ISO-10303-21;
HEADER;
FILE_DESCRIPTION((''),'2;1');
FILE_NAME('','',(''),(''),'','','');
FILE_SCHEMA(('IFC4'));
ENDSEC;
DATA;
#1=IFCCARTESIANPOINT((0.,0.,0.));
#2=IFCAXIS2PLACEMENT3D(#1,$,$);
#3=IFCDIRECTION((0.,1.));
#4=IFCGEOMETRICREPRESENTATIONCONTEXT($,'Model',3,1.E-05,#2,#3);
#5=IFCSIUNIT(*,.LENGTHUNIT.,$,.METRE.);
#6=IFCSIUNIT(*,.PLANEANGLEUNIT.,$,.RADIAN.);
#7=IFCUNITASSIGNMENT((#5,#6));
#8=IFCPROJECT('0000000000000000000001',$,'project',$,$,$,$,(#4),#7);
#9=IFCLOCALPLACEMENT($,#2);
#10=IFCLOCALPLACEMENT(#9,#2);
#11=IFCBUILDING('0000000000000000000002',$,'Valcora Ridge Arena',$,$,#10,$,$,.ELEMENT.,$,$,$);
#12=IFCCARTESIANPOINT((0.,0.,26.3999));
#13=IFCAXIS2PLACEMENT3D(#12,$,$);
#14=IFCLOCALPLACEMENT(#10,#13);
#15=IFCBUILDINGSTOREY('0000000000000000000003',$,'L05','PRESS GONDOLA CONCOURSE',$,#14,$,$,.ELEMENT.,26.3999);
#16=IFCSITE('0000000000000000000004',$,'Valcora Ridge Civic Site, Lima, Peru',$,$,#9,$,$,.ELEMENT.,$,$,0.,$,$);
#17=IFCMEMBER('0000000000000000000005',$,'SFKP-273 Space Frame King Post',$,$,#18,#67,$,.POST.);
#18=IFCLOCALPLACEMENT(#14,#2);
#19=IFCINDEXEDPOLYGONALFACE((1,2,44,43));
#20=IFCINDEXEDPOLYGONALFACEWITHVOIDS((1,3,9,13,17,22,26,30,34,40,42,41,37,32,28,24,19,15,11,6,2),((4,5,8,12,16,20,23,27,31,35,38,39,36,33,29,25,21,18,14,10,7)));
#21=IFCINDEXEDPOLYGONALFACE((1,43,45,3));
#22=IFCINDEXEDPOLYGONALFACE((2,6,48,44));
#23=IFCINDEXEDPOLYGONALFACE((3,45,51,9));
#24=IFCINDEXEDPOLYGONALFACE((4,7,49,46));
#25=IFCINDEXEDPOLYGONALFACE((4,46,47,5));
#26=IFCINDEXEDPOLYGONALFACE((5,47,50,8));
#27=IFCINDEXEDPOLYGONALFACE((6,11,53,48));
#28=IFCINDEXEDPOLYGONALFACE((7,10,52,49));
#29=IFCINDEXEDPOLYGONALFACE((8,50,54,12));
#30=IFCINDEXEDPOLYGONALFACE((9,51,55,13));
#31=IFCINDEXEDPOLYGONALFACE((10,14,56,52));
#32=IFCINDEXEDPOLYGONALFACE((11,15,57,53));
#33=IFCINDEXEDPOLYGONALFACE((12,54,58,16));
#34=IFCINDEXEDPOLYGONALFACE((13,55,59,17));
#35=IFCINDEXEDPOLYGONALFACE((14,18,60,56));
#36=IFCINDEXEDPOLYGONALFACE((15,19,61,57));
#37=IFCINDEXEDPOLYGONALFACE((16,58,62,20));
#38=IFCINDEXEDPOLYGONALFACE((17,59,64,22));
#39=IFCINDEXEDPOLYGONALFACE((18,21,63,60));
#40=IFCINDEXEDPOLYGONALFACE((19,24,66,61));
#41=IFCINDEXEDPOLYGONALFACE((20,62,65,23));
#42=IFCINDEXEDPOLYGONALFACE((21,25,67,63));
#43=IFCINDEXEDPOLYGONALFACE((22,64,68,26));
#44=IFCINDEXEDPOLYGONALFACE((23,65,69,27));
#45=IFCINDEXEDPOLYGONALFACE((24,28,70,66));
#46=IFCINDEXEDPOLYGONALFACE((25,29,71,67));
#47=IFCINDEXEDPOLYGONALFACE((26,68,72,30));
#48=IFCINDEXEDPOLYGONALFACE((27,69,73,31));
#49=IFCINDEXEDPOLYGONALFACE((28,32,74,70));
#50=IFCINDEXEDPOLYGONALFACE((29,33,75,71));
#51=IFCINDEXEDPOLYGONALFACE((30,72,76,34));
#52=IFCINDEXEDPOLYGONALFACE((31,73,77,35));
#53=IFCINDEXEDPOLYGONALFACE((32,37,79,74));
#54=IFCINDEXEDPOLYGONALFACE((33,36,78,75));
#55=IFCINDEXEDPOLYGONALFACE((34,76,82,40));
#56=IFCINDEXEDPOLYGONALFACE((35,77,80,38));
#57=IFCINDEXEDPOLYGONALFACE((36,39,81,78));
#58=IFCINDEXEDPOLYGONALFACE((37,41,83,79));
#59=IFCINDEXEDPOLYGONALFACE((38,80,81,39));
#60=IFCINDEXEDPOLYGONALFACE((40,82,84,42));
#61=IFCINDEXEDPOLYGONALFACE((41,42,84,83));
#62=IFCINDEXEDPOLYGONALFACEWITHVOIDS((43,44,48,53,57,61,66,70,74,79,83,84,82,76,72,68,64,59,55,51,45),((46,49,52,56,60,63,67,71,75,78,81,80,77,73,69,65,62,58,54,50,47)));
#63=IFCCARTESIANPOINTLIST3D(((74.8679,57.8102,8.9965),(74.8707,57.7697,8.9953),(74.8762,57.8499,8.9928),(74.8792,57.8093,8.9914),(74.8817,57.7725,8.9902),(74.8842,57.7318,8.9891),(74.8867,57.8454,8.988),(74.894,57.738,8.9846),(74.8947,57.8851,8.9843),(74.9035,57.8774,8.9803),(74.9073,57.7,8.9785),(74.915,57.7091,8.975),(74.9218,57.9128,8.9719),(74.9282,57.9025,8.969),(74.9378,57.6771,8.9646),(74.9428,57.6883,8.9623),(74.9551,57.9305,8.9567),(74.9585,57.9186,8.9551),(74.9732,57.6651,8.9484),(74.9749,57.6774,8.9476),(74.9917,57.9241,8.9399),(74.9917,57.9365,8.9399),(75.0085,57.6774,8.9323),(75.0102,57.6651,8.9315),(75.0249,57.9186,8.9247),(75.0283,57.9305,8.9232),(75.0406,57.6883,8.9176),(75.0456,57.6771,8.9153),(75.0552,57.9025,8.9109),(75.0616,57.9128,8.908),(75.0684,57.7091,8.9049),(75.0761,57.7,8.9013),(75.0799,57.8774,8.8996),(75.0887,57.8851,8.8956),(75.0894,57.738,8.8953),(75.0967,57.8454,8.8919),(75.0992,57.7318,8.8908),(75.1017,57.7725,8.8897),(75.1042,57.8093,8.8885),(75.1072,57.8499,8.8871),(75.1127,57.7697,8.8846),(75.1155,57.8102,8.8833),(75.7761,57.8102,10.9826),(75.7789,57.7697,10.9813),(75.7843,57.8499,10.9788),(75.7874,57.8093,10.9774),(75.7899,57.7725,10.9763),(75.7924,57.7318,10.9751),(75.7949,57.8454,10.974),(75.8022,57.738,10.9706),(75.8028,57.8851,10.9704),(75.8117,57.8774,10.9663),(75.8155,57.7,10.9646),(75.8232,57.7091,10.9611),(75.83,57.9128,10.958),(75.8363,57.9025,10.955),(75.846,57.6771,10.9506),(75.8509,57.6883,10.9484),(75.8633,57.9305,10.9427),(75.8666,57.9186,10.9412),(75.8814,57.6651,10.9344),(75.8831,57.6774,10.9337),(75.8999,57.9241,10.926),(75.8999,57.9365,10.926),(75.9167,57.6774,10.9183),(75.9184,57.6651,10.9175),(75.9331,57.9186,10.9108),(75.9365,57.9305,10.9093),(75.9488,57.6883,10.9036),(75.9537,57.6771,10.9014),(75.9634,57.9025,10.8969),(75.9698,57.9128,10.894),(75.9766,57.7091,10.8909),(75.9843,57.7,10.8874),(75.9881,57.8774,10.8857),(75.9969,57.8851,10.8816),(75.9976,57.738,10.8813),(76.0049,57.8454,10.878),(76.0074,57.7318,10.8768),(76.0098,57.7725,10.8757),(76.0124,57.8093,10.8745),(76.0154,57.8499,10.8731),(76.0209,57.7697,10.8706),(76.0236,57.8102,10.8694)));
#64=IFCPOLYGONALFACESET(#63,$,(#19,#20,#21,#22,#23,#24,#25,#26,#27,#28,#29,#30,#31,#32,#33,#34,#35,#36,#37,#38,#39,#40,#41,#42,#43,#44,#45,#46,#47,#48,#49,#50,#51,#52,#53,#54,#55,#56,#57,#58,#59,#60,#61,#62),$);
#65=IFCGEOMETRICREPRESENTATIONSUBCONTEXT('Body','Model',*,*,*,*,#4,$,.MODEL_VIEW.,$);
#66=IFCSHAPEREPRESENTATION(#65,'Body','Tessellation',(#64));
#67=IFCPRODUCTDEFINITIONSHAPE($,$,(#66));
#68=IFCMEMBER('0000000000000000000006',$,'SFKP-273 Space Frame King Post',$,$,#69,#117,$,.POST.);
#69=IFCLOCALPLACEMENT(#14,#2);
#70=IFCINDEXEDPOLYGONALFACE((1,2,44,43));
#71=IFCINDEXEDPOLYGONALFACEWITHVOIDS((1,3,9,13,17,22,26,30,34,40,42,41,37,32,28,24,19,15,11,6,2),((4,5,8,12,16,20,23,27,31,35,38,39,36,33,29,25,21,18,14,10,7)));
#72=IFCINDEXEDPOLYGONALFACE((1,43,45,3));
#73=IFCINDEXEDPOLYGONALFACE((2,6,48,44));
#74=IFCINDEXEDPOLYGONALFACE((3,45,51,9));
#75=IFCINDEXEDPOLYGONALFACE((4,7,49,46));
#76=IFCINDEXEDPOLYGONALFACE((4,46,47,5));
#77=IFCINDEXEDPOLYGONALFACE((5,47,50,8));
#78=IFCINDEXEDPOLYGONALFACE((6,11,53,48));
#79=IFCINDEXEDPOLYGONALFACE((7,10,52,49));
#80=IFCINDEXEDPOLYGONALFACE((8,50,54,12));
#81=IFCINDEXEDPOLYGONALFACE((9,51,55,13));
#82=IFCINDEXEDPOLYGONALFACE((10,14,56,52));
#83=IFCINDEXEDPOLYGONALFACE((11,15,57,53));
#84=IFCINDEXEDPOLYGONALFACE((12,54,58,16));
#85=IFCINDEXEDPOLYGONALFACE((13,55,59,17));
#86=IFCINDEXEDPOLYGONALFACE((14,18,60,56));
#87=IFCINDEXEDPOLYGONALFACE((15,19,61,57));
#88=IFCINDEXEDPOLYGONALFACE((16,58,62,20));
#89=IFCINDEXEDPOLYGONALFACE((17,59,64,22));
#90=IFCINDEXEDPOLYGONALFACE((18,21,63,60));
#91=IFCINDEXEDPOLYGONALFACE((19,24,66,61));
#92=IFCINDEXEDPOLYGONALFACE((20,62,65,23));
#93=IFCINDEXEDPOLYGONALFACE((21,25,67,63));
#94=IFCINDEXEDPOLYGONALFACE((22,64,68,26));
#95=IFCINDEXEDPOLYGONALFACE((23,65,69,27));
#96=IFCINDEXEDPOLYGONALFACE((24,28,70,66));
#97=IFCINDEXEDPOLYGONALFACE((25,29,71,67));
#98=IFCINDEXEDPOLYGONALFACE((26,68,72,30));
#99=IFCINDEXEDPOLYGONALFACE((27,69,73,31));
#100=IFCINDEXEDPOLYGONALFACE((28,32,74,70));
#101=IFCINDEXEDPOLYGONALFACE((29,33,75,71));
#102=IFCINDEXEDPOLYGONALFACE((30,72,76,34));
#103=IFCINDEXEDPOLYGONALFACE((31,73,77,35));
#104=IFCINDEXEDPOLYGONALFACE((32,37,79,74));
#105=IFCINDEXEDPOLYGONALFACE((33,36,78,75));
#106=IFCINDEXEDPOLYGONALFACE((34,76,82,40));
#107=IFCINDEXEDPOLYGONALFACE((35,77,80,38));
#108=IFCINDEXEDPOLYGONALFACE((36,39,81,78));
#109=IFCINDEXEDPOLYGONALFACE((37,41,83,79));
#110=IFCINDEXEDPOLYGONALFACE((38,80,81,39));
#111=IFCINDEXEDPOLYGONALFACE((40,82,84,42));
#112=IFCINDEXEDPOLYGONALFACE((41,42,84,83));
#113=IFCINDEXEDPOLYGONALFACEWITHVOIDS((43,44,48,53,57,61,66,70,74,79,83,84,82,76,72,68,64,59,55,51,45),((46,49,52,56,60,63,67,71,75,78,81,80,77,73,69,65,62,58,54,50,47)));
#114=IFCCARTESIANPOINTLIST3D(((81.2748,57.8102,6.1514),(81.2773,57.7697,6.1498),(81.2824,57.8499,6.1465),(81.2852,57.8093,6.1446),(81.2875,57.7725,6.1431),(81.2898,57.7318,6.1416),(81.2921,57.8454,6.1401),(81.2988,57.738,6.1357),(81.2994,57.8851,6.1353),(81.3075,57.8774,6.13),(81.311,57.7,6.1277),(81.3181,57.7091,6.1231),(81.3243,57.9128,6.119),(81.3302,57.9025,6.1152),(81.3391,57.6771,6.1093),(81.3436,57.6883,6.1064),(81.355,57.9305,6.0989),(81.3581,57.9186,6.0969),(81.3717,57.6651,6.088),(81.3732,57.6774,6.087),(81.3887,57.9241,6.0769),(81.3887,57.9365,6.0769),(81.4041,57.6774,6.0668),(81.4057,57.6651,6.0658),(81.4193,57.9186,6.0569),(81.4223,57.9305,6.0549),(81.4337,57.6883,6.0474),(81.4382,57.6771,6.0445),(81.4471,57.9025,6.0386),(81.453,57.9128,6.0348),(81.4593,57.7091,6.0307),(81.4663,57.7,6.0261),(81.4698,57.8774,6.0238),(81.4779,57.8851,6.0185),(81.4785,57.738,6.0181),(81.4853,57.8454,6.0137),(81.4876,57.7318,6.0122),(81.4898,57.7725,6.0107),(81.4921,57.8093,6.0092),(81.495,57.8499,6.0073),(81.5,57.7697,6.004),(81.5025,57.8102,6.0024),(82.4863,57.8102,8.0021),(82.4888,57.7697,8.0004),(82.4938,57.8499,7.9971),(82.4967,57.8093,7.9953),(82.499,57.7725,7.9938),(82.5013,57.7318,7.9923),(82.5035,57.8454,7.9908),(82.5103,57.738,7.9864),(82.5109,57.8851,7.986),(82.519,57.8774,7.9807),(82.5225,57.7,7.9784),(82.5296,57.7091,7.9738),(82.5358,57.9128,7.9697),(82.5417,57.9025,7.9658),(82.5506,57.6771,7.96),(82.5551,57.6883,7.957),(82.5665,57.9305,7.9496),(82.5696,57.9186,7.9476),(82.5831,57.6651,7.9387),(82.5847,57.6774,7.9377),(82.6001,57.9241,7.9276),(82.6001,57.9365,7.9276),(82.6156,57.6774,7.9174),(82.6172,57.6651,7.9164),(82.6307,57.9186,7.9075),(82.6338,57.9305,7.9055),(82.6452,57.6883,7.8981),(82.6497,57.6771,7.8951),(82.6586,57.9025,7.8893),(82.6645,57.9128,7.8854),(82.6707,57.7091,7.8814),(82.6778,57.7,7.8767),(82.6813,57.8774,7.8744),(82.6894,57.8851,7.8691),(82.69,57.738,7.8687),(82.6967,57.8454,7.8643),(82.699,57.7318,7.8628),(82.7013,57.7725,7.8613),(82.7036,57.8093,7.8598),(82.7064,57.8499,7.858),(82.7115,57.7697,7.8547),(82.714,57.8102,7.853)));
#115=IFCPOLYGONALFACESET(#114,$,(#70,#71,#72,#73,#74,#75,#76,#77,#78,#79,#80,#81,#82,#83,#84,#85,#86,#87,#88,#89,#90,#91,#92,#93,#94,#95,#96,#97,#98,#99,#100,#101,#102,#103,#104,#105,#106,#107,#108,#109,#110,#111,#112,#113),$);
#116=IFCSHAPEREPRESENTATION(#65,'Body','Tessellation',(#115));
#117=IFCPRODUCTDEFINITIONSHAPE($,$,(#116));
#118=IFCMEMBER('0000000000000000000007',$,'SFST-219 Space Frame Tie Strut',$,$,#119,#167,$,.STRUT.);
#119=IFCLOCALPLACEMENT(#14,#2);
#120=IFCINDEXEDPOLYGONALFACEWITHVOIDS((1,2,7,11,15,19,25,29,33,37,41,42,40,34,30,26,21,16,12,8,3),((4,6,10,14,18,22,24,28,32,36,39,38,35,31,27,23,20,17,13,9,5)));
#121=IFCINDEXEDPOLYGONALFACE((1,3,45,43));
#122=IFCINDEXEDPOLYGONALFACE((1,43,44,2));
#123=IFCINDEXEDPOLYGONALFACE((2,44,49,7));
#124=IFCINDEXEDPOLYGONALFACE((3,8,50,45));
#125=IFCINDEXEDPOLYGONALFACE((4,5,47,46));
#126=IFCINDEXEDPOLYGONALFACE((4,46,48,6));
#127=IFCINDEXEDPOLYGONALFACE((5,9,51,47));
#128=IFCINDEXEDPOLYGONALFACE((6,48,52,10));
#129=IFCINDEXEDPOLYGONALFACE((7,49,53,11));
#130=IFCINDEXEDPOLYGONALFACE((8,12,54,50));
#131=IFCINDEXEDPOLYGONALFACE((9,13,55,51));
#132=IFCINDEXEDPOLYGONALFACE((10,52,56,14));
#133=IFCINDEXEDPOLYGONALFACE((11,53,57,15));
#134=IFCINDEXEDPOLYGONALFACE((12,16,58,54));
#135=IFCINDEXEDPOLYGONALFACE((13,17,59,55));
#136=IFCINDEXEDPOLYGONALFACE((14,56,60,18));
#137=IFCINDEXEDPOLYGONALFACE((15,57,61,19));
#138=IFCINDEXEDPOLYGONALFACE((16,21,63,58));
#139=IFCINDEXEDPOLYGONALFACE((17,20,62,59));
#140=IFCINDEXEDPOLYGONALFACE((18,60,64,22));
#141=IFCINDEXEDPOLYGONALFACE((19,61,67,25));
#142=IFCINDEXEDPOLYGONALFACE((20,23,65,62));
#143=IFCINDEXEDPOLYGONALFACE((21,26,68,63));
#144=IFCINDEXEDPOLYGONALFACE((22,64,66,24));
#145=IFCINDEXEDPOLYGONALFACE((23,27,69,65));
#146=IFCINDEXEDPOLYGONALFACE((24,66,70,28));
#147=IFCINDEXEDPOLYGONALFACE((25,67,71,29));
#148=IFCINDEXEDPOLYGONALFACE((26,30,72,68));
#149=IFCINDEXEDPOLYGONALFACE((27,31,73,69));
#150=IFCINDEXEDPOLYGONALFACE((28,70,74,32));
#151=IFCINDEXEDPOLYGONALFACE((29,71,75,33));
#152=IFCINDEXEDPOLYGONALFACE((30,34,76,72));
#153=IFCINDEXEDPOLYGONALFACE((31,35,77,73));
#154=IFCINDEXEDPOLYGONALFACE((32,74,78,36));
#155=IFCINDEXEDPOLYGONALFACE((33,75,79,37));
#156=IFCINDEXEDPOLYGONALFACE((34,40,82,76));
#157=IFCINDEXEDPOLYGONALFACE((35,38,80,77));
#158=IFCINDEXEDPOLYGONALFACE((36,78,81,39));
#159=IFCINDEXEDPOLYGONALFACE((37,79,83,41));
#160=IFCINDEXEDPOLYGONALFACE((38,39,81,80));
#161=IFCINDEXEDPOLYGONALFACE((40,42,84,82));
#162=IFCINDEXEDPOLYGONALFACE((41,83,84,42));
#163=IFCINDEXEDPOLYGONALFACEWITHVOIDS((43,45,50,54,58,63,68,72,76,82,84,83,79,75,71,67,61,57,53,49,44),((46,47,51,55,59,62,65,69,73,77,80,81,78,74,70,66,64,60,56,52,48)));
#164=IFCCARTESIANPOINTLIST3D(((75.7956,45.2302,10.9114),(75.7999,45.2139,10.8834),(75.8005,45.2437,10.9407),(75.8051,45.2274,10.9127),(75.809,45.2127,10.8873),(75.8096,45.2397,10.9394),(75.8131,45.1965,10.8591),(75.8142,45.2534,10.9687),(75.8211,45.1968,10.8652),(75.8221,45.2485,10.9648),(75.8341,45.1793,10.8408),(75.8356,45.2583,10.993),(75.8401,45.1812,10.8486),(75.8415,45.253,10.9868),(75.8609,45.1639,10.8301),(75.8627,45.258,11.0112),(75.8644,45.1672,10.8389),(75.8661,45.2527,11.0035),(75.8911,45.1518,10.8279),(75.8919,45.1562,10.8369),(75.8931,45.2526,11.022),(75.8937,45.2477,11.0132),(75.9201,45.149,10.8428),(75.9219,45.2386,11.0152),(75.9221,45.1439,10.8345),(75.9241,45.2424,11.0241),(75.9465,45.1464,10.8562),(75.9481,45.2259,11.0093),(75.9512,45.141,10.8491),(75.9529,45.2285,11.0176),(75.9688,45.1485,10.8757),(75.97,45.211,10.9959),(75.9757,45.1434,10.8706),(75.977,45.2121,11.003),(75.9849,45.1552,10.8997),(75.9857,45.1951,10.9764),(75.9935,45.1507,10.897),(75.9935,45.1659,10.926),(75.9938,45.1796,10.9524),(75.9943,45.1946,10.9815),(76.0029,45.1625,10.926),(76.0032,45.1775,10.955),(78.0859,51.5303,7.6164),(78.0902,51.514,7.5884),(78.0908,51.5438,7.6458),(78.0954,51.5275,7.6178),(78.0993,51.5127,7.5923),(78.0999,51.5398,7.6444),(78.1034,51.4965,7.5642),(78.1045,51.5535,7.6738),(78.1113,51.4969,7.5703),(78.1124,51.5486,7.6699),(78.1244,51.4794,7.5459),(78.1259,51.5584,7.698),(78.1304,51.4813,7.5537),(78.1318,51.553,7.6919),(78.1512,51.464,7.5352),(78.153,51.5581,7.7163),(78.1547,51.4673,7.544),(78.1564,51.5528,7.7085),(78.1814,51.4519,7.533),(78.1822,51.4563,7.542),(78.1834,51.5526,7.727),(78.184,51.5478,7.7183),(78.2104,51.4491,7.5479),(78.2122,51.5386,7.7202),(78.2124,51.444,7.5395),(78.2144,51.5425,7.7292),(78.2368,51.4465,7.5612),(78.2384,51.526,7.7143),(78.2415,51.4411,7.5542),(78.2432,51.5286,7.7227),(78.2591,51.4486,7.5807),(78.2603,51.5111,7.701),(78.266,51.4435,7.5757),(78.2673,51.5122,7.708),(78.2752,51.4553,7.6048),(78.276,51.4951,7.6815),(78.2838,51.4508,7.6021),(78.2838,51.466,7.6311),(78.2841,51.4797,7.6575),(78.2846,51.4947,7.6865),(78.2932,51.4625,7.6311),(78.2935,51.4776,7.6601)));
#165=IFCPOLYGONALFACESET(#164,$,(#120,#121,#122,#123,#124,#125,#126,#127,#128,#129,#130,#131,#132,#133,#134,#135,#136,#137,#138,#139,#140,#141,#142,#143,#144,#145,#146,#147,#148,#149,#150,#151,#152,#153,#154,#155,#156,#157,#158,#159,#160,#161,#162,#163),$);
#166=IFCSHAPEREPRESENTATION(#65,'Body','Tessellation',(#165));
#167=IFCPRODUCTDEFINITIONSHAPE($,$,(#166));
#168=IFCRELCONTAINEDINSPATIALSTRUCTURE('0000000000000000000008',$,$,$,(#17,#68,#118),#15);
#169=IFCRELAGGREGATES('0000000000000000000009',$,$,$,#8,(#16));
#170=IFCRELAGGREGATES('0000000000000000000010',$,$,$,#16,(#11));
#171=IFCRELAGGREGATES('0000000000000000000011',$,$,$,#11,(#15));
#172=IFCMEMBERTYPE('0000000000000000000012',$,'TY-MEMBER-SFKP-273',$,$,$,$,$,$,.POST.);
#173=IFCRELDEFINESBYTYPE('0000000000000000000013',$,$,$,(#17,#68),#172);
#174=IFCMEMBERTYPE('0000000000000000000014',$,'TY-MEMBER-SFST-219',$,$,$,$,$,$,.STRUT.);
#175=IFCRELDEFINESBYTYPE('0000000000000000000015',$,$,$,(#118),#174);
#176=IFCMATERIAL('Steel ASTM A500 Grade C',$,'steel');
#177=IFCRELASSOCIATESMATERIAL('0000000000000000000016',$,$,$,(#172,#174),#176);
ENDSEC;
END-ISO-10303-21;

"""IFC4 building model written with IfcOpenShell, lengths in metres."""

from ifc_helpers import new_model, si_unit, direction, frame, origin, origin_2d, place, context, subcontext, project, spatial, hollow_circle, extrude, material, material_profile, profile_set, type_object, element, save


model = new_model("IFC4")

# Units and contexts
model_context = context("Model", 3, precision=1e-05, world=origin(), true_north=direction((0.0, 1.0)))
body_context = subcontext(model_context, "Body", "Model", "MODEL_VIEW")
ifc_project = project(units=[si_unit("LENGTHUNIT", "METRE"), si_unit("PLANEANGLEUNIT", "RADIAN")], contexts=[model_context])

# Site, building, storey
site_placement = place(None, origin())
site = spatial("IfcSite", under=ifc_project, at=site_placement, Name="Valcora Ridge Civic Site, Lima, Peru", CompositionType="ELEMENT", RefElevation=0.0)
building_placement = place(site_placement, origin())
building = spatial("IfcBuilding", under=site, at=building_placement, Name="Valcora Ridge Arena", CompositionType="ELEMENT")
storey_placement = place(building_placement, frame((0.0, 0.0, 26.3999)))
storey = spatial("IfcBuildingStorey", under=building, at=storey_placement, Name="L05", Description="PRESS GONDOLA CONCOURSE", CompositionType="ELEMENT", Elevation=26.3999)

# Members
ifc_material_1 = material(Name="Steel ASTM A500 Grade C", Category="steel")
ifc_material_profile_1 = material_profile(ifc_material_1, hollow_circle(Radius=0.1365, WallThickness=0.0125, at=origin_2d()), Name="CHS273X12")
ifc_profile_set_1 = profile_set([ifc_material_profile_1], Name="Steel ASTM A500 Grade C")
member_type_1 = type_object("IfcMemberType", Name="TY-MEMBER-SFKP-273", PredefinedType="POST", material=ifc_profile_set_1)
member_1_placement = place(storey_placement, frame((74.9917, 57.8, 8.9399), z_axis=(0.415865, 0.0, 0.909426), x_axis=(0.0, 1.0, 0.0)))
element("IfcMember", 1, at=member_1_placement, inside=storey, type_object=member_type_1, Name="SFKP-273 Space Frame King Post", PredefinedType="POST", context=body_context, shape_type="SweptSolid", body=[
    extrude(hollow_circle(Radius=0.1365, WallThickness=0.0125, at=origin_2d()), origin(), (0.0, 0.0, 1.0), 2.1838),
])
member_2_placement = place(storey_placement, frame((81.3887, 57.8, 6.0769), z_axis=(0.547701, 0.0, 0.836674), x_axis=(0.0, 1.0, 0.0)))
element("IfcMember", 2, at=member_2_placement, inside=storey, type_object=member_type_1, Name="SFKP-273 Space Frame King Post", PredefinedType="POST", context=body_context, shape_type="SweptSolid", body=[
    extrude(hollow_circle(Radius=0.1365, WallThickness=0.0125, at=origin_2d()), origin(), (0.0, 0.0, 1.0), 2.2119),
])
ifc_material_profile_2 = material_profile(ifc_material_1, hollow_circle(Radius=0.1096, WallThickness=0.01, at=origin_2d()), Name="CHS219X10")
ifc_profile_set_2 = profile_set([ifc_material_profile_2], Name="Steel ASTM A500 Grade C")
member_type_2 = type_object("IfcMemberType", Name="TY-MEMBER-SFST-219", PredefinedType="STRUT", material=ifc_profile_set_2)
member_3_placement = place(storey_placement, frame((78.1902, 51.5, 7.6311), z_axis=(-0.306621, -0.843443, 0.44112), x_axis=(0.939824, -0.341658, 0.0)))
element("IfcMember", 3, at=member_3_placement, inside=storey, type_object=member_type_2, Name="SFST-219 Space Frame Tie Strut", PredefinedType="STRUT", context=body_context, shape_type="SweptSolid", body=[
    extrude(hollow_circle(Radius=0.1096, WallThickness=0.01, at=origin_2d()), origin(), (0.0, 0.0, 1.0), 7.4695),
])

save(model, "model.ifc")
